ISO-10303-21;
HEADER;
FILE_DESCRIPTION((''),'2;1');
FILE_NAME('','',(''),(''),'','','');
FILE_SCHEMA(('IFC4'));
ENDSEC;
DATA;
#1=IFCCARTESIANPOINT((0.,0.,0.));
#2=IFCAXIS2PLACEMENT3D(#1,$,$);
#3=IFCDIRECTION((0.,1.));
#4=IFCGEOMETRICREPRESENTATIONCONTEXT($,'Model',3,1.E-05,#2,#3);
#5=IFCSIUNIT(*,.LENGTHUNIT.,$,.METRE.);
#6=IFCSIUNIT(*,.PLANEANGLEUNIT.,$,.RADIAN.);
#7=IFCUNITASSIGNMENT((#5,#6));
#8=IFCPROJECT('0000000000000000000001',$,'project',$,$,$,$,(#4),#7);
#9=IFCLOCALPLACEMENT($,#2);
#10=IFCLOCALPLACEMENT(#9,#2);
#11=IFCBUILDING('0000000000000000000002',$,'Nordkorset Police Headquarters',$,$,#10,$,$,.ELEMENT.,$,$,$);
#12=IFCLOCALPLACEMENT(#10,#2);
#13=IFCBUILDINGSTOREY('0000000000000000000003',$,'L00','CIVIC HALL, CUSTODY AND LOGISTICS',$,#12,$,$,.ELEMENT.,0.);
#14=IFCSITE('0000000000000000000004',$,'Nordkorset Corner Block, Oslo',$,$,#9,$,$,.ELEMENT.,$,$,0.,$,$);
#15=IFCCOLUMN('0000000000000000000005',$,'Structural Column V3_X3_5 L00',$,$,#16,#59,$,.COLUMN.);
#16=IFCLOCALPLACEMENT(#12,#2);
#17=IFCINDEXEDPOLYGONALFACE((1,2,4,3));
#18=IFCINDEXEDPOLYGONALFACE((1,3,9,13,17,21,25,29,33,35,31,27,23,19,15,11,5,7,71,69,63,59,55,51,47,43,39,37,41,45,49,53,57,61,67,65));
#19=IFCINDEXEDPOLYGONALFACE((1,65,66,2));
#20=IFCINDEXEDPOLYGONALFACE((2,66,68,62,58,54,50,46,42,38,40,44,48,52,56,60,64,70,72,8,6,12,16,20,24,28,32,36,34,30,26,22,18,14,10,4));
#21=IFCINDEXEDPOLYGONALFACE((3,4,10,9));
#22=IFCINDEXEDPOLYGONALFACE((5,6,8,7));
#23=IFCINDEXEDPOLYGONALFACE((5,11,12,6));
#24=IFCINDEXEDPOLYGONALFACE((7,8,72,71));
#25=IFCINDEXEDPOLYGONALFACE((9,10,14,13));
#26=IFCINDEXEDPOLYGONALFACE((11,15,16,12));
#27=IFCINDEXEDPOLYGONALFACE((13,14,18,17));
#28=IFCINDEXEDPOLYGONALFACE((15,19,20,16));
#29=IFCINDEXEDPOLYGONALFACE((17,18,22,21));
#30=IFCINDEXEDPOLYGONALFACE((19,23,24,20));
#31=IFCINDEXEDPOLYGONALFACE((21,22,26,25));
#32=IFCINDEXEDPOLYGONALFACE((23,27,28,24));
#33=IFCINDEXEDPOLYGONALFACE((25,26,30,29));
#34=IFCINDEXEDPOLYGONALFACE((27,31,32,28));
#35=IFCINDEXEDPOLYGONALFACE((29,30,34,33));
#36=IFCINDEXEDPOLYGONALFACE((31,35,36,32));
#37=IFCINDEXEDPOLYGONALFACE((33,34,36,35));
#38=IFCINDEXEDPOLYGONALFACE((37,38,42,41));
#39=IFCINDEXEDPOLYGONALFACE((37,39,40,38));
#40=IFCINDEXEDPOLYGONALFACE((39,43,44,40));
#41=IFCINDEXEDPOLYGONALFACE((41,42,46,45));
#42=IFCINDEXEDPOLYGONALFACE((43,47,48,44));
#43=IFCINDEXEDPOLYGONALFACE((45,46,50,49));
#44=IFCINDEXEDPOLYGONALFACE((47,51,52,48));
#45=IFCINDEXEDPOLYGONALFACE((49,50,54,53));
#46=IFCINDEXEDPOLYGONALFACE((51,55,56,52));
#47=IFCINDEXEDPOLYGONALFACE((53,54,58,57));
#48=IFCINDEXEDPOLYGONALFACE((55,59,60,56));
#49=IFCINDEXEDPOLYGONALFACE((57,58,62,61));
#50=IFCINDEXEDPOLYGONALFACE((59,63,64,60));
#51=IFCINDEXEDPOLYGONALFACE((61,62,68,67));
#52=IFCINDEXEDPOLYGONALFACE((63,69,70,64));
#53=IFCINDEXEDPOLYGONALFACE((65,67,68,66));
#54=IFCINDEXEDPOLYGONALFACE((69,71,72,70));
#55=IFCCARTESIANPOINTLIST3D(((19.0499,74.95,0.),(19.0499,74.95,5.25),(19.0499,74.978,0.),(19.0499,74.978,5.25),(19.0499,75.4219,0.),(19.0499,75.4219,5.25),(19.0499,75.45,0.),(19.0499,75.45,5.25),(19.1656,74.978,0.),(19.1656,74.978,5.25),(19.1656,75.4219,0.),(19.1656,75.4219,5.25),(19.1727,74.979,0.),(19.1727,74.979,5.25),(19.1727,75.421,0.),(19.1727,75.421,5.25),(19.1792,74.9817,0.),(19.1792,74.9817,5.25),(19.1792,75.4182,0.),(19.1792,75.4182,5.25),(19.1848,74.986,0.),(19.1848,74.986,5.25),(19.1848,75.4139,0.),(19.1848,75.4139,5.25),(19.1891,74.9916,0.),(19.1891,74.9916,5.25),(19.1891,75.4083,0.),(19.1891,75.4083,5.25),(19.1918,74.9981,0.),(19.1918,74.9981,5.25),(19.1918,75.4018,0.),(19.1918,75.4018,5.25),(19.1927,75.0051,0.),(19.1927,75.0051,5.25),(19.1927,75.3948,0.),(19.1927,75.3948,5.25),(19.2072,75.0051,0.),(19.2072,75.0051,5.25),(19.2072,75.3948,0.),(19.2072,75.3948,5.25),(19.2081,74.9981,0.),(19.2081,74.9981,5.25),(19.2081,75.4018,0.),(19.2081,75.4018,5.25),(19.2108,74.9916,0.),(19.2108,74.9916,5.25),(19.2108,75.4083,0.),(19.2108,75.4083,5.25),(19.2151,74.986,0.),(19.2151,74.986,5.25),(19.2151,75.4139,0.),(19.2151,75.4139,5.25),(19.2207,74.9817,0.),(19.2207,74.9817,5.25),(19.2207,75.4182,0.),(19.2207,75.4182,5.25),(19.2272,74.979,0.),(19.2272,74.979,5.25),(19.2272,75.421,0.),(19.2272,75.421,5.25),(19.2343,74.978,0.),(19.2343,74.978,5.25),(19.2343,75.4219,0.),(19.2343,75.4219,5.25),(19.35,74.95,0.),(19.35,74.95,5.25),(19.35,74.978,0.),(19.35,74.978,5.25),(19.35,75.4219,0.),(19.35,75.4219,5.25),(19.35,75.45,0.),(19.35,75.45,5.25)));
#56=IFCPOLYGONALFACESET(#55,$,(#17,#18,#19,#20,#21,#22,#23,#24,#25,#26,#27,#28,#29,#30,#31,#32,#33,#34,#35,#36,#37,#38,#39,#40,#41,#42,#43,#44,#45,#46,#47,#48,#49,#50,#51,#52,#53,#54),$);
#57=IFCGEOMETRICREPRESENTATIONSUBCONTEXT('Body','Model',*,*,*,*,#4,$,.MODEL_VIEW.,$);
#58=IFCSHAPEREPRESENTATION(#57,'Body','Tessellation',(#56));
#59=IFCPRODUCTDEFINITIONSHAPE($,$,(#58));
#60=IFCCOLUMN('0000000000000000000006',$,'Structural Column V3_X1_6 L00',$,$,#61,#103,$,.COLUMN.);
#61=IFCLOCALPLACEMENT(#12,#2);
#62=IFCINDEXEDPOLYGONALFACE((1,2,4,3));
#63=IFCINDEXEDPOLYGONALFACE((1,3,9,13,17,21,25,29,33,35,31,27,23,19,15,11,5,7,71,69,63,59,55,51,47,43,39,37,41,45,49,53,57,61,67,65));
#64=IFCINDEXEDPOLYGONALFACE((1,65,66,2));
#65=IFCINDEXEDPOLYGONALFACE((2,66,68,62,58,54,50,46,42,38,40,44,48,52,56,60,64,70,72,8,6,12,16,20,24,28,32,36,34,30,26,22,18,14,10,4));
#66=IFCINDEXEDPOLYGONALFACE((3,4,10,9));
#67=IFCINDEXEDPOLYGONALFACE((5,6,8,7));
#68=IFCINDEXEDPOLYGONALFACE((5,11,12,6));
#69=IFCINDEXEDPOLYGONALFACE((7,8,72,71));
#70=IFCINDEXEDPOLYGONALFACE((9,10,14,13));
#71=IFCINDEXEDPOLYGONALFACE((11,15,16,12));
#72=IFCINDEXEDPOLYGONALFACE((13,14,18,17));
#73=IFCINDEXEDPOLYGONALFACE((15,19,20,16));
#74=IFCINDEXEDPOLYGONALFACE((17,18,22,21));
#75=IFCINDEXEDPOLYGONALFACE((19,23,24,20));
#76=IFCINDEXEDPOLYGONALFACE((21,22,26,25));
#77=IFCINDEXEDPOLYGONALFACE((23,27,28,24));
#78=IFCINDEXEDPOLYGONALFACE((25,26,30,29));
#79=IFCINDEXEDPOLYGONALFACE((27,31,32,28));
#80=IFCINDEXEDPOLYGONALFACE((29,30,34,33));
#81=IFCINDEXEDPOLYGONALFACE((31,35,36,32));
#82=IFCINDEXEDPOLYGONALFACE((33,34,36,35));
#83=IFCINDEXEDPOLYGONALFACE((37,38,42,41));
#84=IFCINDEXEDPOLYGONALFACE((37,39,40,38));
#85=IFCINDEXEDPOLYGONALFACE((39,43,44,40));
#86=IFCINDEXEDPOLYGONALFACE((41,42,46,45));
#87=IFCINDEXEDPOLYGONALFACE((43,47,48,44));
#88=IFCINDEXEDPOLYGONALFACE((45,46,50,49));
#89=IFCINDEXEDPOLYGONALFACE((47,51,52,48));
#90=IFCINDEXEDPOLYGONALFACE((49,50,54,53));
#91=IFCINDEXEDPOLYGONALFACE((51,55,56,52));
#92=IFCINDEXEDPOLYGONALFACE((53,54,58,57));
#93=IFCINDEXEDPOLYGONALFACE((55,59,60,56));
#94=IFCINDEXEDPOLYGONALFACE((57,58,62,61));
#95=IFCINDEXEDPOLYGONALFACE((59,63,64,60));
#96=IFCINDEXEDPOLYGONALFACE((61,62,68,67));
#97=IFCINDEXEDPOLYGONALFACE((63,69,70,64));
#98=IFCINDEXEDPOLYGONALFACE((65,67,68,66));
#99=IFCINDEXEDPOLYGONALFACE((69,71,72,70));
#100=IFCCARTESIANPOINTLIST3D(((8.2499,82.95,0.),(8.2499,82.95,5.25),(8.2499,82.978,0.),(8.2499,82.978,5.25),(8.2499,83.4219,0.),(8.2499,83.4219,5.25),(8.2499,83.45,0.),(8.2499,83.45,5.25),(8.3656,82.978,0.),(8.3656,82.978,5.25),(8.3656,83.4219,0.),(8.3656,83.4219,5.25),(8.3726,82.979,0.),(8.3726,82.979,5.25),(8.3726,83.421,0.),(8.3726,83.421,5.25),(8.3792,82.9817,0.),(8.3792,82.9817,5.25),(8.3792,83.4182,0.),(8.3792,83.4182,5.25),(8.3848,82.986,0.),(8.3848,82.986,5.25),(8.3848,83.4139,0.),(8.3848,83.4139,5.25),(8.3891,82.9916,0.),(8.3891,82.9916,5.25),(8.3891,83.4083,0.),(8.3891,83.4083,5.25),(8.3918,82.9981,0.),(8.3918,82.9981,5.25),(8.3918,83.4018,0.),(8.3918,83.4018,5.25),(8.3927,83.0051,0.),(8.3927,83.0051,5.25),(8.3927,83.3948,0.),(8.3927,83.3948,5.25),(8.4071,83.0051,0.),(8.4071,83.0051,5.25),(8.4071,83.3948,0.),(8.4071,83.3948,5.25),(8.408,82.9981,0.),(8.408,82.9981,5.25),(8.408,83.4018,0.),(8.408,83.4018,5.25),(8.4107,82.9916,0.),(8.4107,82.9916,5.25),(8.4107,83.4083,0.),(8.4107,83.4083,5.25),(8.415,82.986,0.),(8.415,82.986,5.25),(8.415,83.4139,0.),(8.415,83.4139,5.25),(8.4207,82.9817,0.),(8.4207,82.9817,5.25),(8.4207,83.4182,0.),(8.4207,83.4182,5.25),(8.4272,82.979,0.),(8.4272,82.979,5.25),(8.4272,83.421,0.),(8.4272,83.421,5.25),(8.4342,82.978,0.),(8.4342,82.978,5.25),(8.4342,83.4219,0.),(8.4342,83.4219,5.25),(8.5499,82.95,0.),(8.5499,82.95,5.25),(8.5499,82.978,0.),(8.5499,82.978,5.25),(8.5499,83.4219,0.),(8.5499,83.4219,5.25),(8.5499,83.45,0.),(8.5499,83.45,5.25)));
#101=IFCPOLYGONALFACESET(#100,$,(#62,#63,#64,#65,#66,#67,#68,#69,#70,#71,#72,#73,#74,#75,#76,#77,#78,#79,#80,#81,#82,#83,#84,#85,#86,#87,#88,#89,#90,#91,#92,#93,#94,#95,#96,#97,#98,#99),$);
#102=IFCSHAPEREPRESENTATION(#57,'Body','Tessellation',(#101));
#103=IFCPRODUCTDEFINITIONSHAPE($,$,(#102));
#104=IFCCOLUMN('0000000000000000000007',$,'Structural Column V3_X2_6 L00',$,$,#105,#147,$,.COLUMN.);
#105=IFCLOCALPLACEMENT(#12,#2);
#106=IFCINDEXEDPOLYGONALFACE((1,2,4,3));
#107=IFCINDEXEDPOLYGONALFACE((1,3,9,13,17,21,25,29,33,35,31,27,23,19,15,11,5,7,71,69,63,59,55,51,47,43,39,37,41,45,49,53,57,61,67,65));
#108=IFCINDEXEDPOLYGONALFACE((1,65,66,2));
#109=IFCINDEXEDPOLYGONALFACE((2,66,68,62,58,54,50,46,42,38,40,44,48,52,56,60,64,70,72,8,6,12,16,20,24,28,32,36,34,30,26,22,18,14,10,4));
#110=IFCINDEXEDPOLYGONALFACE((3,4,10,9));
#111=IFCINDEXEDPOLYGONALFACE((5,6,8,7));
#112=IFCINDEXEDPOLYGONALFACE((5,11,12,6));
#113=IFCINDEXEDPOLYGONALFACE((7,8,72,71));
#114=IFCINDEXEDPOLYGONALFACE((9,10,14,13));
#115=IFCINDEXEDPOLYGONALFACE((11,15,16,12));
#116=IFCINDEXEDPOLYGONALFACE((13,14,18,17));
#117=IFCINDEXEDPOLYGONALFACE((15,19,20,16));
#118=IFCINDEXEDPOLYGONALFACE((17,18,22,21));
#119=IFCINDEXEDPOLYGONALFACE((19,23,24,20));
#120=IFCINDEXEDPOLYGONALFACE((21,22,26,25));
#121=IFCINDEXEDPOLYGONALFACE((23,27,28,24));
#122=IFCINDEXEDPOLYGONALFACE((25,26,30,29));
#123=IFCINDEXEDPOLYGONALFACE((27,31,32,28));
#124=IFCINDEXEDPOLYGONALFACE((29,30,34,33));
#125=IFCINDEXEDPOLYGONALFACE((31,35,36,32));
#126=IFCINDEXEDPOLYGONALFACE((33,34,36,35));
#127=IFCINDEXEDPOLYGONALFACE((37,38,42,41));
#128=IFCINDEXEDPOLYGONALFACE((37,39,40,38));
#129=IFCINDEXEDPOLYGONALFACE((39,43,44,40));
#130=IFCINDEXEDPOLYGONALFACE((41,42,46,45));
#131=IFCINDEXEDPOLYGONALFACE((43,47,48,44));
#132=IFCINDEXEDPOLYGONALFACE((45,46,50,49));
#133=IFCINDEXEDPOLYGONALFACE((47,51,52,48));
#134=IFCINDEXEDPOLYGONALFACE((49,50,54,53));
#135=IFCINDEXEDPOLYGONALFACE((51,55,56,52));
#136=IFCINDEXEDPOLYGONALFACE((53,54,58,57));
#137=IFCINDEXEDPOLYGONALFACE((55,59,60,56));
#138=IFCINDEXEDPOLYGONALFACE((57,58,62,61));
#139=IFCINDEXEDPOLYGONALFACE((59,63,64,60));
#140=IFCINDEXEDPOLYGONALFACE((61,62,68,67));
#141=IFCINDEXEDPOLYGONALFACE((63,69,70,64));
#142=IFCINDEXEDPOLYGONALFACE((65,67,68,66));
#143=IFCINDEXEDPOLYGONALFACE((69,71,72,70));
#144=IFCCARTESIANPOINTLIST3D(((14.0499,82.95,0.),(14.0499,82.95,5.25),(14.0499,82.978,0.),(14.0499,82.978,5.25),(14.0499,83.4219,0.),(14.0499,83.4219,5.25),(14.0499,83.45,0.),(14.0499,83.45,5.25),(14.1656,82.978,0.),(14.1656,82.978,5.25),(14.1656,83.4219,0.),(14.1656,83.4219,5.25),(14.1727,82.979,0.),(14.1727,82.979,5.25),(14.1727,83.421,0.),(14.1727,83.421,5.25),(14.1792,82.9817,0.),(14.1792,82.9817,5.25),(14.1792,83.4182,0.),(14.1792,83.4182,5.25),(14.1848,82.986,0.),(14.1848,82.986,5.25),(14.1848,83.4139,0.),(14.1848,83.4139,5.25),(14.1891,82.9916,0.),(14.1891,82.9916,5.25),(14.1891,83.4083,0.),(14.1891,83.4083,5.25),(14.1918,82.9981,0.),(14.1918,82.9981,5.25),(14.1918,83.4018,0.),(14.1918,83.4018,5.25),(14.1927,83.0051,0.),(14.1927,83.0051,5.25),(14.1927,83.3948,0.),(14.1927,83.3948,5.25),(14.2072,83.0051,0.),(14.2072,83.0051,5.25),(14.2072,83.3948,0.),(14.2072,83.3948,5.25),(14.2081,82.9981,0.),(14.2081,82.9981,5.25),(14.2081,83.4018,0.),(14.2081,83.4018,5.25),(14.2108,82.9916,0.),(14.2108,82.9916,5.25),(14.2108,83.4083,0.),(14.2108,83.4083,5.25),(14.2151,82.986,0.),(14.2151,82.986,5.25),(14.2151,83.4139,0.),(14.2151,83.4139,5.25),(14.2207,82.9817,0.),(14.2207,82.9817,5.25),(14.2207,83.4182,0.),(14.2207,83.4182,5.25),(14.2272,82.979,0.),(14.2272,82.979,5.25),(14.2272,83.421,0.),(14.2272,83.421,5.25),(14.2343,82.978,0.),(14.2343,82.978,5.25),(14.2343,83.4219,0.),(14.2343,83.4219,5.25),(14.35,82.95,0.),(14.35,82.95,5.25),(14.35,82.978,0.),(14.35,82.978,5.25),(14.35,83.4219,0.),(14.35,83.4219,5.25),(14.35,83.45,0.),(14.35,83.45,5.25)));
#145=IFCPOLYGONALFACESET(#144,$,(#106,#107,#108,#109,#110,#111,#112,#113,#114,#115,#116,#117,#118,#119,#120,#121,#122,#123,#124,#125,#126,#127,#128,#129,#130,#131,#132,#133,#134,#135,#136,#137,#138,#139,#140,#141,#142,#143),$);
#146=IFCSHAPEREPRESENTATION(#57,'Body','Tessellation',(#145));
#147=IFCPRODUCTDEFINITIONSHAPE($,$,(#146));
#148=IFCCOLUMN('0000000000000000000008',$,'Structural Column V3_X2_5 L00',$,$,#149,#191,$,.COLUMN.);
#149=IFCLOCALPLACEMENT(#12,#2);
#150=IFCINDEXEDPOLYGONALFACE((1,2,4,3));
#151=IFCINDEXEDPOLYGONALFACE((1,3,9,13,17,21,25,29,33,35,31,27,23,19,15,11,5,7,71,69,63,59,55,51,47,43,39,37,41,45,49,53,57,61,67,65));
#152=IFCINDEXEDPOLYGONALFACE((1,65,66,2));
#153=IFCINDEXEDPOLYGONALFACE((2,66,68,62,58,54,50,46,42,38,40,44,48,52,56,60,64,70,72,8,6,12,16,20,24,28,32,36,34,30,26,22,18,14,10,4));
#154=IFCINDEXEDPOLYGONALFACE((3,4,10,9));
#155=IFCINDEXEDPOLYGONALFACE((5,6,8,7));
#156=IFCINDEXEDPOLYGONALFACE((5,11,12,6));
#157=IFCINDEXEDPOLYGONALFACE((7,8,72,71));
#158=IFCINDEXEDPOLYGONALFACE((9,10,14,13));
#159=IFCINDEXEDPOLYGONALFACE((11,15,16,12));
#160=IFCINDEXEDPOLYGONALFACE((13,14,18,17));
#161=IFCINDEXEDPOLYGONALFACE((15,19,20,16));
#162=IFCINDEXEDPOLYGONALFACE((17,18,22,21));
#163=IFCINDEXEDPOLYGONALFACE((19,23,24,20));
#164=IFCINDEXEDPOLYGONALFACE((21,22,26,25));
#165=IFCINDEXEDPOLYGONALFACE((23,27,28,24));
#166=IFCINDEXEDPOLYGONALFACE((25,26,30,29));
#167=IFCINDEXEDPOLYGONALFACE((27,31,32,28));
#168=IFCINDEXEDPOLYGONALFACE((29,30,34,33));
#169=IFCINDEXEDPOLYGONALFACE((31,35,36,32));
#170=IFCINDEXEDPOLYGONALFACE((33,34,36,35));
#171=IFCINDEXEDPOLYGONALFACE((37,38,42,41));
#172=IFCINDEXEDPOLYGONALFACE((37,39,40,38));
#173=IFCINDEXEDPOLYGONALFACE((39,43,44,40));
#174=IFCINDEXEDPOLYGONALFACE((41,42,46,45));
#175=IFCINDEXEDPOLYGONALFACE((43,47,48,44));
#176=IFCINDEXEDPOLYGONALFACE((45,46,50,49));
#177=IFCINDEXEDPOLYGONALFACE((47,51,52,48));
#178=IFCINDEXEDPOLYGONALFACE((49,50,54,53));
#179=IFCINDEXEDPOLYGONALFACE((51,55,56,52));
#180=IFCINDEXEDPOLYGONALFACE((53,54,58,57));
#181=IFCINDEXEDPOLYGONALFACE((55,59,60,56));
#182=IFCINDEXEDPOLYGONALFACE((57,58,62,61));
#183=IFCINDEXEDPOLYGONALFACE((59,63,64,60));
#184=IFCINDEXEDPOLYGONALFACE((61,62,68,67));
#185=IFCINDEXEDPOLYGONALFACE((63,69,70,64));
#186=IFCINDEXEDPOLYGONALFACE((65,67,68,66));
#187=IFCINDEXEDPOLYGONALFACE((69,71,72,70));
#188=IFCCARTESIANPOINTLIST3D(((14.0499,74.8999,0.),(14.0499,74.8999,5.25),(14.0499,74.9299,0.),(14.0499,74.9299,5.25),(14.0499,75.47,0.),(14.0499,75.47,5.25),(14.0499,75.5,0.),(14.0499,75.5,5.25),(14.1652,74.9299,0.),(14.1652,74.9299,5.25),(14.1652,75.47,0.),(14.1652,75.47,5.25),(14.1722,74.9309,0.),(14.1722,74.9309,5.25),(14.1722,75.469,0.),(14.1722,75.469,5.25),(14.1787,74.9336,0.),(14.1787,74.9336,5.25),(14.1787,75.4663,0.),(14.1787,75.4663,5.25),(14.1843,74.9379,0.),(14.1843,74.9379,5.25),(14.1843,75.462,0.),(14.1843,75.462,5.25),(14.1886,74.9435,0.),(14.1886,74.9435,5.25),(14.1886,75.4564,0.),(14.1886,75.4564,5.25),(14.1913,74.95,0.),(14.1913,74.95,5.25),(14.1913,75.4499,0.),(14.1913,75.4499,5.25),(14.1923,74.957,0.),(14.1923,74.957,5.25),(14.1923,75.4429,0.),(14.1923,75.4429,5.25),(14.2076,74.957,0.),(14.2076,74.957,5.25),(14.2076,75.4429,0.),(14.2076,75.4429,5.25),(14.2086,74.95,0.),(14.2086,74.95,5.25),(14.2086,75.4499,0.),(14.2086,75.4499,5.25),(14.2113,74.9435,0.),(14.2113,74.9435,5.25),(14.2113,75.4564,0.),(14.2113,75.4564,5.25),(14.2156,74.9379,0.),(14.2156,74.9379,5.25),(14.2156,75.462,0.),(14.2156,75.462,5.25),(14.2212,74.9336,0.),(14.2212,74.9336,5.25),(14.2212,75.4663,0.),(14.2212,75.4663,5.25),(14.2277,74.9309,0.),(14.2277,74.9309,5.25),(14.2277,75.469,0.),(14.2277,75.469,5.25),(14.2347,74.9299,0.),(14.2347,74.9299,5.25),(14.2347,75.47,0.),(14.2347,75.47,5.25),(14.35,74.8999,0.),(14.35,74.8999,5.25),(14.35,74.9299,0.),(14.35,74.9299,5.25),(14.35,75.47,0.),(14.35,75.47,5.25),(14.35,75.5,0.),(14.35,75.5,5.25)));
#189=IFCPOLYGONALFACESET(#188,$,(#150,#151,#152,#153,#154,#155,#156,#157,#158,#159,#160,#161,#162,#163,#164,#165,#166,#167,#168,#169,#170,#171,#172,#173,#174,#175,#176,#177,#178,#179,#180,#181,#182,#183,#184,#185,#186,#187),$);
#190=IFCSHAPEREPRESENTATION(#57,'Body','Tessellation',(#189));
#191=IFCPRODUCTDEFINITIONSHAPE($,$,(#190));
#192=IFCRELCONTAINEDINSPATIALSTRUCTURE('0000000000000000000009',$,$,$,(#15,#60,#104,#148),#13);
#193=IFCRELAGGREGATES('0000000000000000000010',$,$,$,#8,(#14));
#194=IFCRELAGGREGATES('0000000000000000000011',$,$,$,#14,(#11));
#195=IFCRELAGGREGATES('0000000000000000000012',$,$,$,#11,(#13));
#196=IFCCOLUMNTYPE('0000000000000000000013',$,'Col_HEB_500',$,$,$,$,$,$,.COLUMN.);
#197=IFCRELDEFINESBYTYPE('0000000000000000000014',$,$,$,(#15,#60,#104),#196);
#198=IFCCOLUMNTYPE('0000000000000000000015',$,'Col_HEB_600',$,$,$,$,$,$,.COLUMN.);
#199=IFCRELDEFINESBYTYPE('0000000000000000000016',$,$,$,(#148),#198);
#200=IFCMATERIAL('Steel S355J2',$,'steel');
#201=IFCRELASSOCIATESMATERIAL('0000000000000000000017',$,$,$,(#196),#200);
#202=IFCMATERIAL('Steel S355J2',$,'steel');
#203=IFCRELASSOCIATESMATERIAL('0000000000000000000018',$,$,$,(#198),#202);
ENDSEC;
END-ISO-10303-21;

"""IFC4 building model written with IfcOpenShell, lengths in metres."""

from ifc_helpers import new_model, si_unit, direction, frame, origin, origin_2d, place, context, subcontext, project, spatial, i_section, extrude, material, material_profile, profile_set, type_object, element, save


model = new_model("IFC4")

# Units and contexts
model_context = context("Model", 3, precision=1e-05, world=origin(), true_north=direction((0.0, 1.0)))
body_context = subcontext(model_context, "Body", "Model", "MODEL_VIEW")
ifc_project = project(units=[si_unit("LENGTHUNIT", "METRE"), si_unit("PLANEANGLEUNIT", "RADIAN")], contexts=[model_context])

# Site, building, storey
site_placement = place(None, origin())
site = spatial("IfcSite", under=ifc_project, at=site_placement, Name="Nordkorset Corner Block, Oslo", CompositionType="ELEMENT", RefElevation=0.0)
building_placement = place(site_placement, origin())
building = spatial("IfcBuilding", under=site, at=building_placement, Name="Nordkorset Police Headquarters", CompositionType="ELEMENT")
storey_placement = place(building_placement, origin())
storey = spatial("IfcBuildingStorey", under=building, at=storey_placement, Name="L00", Description="CIVIC HALL, CUSTODY AND LOGISTICS", CompositionType="ELEMENT", Elevation=0.0)

# Columns
ifc_material_1 = material(Name="Steel S355J2", Category="steel")
ifc_material_profile_1 = material_profile(ifc_material_1, i_section(OverallWidth=0.3, OverallDepth=0.5, WebThickness=0.0144, FlangeThickness=0.0281, FilletRadius=0.0271, at=origin_2d()), Name="HEB 500")
ifc_profile_set_1 = profile_set([ifc_material_profile_1], Name="Steel S355J2")
column_type_1 = type_object("IfcColumnType", Name="Col_HEB_500", PredefinedType="COLUMN", material=ifc_profile_set_1)
for number, where, z_axis, x_axis, name in (
    (1, (19.2, 75.2, 0.0), (0.0, 0.0, 1.0), (1.0, 0.0, 0.0), "Structural Column V3_X3_5 L00"),
    (2, (8.3999, 83.2, 0.0), (0.0, 0.0, 1.0), (1.0, 0.0, 0.0), "Structural Column V3_X1_6 L00"),
    (3, (14.2, 83.2, 0.0), (0.0, 0.0, 1.0), (1.0, 0.0, 0.0), "Structural Column V3_X2_6 L00"),
):
    element("IfcColumn", number, at=place(storey_placement, frame(where, z_axis=z_axis, x_axis=x_axis)), inside=storey, type_object=column_type_1, Name=name, PredefinedType="COLUMN", context=body_context, shape_type="SweptSolid", body=[
        extrude(i_section(OverallWidth=0.3, OverallDepth=0.5, WebThickness=0.0144, FlangeThickness=0.0281, FilletRadius=0.0271, at=origin_2d()), origin(), (0.0, 0.0, 1.0), 5.25),
    ])
ifc_material_2 = material(Name="Steel S355J2", Category="steel")
ifc_material_profile_2 = material_profile(ifc_material_2, i_section(OverallWidth=0.3, OverallDepth=0.6001, WebThickness=0.0154, FlangeThickness=0.03, FilletRadius=0.0271, at=origin_2d()), Name="HEB 600")
ifc_profile_set_2 = profile_set([ifc_material_profile_2], Name="Steel S355J2")
column_type_2 = type_object("IfcColumnType", Name="Col_HEB_600", PredefinedType="COLUMN", material=ifc_profile_set_2)
column_1_placement = place(storey_placement, frame((14.2, 75.2, 0.0), z_axis=(0.0, 0.0, 1.0), x_axis=(1.0, 0.0, 0.0)))
element("IfcColumn", 4, at=column_1_placement, inside=storey, type_object=column_type_2, Name="Structural Column V3_X2_5 L00", PredefinedType="COLUMN", context=body_context, shape_type="SweptSolid", body=[
    extrude(i_section(OverallWidth=0.3, OverallDepth=0.6001, WebThickness=0.0154, FlangeThickness=0.03, FilletRadius=0.0271, at=origin_2d()), origin(), (0.0, 0.0, 1.0), 5.25),
])

save(model, "model.ifc")
